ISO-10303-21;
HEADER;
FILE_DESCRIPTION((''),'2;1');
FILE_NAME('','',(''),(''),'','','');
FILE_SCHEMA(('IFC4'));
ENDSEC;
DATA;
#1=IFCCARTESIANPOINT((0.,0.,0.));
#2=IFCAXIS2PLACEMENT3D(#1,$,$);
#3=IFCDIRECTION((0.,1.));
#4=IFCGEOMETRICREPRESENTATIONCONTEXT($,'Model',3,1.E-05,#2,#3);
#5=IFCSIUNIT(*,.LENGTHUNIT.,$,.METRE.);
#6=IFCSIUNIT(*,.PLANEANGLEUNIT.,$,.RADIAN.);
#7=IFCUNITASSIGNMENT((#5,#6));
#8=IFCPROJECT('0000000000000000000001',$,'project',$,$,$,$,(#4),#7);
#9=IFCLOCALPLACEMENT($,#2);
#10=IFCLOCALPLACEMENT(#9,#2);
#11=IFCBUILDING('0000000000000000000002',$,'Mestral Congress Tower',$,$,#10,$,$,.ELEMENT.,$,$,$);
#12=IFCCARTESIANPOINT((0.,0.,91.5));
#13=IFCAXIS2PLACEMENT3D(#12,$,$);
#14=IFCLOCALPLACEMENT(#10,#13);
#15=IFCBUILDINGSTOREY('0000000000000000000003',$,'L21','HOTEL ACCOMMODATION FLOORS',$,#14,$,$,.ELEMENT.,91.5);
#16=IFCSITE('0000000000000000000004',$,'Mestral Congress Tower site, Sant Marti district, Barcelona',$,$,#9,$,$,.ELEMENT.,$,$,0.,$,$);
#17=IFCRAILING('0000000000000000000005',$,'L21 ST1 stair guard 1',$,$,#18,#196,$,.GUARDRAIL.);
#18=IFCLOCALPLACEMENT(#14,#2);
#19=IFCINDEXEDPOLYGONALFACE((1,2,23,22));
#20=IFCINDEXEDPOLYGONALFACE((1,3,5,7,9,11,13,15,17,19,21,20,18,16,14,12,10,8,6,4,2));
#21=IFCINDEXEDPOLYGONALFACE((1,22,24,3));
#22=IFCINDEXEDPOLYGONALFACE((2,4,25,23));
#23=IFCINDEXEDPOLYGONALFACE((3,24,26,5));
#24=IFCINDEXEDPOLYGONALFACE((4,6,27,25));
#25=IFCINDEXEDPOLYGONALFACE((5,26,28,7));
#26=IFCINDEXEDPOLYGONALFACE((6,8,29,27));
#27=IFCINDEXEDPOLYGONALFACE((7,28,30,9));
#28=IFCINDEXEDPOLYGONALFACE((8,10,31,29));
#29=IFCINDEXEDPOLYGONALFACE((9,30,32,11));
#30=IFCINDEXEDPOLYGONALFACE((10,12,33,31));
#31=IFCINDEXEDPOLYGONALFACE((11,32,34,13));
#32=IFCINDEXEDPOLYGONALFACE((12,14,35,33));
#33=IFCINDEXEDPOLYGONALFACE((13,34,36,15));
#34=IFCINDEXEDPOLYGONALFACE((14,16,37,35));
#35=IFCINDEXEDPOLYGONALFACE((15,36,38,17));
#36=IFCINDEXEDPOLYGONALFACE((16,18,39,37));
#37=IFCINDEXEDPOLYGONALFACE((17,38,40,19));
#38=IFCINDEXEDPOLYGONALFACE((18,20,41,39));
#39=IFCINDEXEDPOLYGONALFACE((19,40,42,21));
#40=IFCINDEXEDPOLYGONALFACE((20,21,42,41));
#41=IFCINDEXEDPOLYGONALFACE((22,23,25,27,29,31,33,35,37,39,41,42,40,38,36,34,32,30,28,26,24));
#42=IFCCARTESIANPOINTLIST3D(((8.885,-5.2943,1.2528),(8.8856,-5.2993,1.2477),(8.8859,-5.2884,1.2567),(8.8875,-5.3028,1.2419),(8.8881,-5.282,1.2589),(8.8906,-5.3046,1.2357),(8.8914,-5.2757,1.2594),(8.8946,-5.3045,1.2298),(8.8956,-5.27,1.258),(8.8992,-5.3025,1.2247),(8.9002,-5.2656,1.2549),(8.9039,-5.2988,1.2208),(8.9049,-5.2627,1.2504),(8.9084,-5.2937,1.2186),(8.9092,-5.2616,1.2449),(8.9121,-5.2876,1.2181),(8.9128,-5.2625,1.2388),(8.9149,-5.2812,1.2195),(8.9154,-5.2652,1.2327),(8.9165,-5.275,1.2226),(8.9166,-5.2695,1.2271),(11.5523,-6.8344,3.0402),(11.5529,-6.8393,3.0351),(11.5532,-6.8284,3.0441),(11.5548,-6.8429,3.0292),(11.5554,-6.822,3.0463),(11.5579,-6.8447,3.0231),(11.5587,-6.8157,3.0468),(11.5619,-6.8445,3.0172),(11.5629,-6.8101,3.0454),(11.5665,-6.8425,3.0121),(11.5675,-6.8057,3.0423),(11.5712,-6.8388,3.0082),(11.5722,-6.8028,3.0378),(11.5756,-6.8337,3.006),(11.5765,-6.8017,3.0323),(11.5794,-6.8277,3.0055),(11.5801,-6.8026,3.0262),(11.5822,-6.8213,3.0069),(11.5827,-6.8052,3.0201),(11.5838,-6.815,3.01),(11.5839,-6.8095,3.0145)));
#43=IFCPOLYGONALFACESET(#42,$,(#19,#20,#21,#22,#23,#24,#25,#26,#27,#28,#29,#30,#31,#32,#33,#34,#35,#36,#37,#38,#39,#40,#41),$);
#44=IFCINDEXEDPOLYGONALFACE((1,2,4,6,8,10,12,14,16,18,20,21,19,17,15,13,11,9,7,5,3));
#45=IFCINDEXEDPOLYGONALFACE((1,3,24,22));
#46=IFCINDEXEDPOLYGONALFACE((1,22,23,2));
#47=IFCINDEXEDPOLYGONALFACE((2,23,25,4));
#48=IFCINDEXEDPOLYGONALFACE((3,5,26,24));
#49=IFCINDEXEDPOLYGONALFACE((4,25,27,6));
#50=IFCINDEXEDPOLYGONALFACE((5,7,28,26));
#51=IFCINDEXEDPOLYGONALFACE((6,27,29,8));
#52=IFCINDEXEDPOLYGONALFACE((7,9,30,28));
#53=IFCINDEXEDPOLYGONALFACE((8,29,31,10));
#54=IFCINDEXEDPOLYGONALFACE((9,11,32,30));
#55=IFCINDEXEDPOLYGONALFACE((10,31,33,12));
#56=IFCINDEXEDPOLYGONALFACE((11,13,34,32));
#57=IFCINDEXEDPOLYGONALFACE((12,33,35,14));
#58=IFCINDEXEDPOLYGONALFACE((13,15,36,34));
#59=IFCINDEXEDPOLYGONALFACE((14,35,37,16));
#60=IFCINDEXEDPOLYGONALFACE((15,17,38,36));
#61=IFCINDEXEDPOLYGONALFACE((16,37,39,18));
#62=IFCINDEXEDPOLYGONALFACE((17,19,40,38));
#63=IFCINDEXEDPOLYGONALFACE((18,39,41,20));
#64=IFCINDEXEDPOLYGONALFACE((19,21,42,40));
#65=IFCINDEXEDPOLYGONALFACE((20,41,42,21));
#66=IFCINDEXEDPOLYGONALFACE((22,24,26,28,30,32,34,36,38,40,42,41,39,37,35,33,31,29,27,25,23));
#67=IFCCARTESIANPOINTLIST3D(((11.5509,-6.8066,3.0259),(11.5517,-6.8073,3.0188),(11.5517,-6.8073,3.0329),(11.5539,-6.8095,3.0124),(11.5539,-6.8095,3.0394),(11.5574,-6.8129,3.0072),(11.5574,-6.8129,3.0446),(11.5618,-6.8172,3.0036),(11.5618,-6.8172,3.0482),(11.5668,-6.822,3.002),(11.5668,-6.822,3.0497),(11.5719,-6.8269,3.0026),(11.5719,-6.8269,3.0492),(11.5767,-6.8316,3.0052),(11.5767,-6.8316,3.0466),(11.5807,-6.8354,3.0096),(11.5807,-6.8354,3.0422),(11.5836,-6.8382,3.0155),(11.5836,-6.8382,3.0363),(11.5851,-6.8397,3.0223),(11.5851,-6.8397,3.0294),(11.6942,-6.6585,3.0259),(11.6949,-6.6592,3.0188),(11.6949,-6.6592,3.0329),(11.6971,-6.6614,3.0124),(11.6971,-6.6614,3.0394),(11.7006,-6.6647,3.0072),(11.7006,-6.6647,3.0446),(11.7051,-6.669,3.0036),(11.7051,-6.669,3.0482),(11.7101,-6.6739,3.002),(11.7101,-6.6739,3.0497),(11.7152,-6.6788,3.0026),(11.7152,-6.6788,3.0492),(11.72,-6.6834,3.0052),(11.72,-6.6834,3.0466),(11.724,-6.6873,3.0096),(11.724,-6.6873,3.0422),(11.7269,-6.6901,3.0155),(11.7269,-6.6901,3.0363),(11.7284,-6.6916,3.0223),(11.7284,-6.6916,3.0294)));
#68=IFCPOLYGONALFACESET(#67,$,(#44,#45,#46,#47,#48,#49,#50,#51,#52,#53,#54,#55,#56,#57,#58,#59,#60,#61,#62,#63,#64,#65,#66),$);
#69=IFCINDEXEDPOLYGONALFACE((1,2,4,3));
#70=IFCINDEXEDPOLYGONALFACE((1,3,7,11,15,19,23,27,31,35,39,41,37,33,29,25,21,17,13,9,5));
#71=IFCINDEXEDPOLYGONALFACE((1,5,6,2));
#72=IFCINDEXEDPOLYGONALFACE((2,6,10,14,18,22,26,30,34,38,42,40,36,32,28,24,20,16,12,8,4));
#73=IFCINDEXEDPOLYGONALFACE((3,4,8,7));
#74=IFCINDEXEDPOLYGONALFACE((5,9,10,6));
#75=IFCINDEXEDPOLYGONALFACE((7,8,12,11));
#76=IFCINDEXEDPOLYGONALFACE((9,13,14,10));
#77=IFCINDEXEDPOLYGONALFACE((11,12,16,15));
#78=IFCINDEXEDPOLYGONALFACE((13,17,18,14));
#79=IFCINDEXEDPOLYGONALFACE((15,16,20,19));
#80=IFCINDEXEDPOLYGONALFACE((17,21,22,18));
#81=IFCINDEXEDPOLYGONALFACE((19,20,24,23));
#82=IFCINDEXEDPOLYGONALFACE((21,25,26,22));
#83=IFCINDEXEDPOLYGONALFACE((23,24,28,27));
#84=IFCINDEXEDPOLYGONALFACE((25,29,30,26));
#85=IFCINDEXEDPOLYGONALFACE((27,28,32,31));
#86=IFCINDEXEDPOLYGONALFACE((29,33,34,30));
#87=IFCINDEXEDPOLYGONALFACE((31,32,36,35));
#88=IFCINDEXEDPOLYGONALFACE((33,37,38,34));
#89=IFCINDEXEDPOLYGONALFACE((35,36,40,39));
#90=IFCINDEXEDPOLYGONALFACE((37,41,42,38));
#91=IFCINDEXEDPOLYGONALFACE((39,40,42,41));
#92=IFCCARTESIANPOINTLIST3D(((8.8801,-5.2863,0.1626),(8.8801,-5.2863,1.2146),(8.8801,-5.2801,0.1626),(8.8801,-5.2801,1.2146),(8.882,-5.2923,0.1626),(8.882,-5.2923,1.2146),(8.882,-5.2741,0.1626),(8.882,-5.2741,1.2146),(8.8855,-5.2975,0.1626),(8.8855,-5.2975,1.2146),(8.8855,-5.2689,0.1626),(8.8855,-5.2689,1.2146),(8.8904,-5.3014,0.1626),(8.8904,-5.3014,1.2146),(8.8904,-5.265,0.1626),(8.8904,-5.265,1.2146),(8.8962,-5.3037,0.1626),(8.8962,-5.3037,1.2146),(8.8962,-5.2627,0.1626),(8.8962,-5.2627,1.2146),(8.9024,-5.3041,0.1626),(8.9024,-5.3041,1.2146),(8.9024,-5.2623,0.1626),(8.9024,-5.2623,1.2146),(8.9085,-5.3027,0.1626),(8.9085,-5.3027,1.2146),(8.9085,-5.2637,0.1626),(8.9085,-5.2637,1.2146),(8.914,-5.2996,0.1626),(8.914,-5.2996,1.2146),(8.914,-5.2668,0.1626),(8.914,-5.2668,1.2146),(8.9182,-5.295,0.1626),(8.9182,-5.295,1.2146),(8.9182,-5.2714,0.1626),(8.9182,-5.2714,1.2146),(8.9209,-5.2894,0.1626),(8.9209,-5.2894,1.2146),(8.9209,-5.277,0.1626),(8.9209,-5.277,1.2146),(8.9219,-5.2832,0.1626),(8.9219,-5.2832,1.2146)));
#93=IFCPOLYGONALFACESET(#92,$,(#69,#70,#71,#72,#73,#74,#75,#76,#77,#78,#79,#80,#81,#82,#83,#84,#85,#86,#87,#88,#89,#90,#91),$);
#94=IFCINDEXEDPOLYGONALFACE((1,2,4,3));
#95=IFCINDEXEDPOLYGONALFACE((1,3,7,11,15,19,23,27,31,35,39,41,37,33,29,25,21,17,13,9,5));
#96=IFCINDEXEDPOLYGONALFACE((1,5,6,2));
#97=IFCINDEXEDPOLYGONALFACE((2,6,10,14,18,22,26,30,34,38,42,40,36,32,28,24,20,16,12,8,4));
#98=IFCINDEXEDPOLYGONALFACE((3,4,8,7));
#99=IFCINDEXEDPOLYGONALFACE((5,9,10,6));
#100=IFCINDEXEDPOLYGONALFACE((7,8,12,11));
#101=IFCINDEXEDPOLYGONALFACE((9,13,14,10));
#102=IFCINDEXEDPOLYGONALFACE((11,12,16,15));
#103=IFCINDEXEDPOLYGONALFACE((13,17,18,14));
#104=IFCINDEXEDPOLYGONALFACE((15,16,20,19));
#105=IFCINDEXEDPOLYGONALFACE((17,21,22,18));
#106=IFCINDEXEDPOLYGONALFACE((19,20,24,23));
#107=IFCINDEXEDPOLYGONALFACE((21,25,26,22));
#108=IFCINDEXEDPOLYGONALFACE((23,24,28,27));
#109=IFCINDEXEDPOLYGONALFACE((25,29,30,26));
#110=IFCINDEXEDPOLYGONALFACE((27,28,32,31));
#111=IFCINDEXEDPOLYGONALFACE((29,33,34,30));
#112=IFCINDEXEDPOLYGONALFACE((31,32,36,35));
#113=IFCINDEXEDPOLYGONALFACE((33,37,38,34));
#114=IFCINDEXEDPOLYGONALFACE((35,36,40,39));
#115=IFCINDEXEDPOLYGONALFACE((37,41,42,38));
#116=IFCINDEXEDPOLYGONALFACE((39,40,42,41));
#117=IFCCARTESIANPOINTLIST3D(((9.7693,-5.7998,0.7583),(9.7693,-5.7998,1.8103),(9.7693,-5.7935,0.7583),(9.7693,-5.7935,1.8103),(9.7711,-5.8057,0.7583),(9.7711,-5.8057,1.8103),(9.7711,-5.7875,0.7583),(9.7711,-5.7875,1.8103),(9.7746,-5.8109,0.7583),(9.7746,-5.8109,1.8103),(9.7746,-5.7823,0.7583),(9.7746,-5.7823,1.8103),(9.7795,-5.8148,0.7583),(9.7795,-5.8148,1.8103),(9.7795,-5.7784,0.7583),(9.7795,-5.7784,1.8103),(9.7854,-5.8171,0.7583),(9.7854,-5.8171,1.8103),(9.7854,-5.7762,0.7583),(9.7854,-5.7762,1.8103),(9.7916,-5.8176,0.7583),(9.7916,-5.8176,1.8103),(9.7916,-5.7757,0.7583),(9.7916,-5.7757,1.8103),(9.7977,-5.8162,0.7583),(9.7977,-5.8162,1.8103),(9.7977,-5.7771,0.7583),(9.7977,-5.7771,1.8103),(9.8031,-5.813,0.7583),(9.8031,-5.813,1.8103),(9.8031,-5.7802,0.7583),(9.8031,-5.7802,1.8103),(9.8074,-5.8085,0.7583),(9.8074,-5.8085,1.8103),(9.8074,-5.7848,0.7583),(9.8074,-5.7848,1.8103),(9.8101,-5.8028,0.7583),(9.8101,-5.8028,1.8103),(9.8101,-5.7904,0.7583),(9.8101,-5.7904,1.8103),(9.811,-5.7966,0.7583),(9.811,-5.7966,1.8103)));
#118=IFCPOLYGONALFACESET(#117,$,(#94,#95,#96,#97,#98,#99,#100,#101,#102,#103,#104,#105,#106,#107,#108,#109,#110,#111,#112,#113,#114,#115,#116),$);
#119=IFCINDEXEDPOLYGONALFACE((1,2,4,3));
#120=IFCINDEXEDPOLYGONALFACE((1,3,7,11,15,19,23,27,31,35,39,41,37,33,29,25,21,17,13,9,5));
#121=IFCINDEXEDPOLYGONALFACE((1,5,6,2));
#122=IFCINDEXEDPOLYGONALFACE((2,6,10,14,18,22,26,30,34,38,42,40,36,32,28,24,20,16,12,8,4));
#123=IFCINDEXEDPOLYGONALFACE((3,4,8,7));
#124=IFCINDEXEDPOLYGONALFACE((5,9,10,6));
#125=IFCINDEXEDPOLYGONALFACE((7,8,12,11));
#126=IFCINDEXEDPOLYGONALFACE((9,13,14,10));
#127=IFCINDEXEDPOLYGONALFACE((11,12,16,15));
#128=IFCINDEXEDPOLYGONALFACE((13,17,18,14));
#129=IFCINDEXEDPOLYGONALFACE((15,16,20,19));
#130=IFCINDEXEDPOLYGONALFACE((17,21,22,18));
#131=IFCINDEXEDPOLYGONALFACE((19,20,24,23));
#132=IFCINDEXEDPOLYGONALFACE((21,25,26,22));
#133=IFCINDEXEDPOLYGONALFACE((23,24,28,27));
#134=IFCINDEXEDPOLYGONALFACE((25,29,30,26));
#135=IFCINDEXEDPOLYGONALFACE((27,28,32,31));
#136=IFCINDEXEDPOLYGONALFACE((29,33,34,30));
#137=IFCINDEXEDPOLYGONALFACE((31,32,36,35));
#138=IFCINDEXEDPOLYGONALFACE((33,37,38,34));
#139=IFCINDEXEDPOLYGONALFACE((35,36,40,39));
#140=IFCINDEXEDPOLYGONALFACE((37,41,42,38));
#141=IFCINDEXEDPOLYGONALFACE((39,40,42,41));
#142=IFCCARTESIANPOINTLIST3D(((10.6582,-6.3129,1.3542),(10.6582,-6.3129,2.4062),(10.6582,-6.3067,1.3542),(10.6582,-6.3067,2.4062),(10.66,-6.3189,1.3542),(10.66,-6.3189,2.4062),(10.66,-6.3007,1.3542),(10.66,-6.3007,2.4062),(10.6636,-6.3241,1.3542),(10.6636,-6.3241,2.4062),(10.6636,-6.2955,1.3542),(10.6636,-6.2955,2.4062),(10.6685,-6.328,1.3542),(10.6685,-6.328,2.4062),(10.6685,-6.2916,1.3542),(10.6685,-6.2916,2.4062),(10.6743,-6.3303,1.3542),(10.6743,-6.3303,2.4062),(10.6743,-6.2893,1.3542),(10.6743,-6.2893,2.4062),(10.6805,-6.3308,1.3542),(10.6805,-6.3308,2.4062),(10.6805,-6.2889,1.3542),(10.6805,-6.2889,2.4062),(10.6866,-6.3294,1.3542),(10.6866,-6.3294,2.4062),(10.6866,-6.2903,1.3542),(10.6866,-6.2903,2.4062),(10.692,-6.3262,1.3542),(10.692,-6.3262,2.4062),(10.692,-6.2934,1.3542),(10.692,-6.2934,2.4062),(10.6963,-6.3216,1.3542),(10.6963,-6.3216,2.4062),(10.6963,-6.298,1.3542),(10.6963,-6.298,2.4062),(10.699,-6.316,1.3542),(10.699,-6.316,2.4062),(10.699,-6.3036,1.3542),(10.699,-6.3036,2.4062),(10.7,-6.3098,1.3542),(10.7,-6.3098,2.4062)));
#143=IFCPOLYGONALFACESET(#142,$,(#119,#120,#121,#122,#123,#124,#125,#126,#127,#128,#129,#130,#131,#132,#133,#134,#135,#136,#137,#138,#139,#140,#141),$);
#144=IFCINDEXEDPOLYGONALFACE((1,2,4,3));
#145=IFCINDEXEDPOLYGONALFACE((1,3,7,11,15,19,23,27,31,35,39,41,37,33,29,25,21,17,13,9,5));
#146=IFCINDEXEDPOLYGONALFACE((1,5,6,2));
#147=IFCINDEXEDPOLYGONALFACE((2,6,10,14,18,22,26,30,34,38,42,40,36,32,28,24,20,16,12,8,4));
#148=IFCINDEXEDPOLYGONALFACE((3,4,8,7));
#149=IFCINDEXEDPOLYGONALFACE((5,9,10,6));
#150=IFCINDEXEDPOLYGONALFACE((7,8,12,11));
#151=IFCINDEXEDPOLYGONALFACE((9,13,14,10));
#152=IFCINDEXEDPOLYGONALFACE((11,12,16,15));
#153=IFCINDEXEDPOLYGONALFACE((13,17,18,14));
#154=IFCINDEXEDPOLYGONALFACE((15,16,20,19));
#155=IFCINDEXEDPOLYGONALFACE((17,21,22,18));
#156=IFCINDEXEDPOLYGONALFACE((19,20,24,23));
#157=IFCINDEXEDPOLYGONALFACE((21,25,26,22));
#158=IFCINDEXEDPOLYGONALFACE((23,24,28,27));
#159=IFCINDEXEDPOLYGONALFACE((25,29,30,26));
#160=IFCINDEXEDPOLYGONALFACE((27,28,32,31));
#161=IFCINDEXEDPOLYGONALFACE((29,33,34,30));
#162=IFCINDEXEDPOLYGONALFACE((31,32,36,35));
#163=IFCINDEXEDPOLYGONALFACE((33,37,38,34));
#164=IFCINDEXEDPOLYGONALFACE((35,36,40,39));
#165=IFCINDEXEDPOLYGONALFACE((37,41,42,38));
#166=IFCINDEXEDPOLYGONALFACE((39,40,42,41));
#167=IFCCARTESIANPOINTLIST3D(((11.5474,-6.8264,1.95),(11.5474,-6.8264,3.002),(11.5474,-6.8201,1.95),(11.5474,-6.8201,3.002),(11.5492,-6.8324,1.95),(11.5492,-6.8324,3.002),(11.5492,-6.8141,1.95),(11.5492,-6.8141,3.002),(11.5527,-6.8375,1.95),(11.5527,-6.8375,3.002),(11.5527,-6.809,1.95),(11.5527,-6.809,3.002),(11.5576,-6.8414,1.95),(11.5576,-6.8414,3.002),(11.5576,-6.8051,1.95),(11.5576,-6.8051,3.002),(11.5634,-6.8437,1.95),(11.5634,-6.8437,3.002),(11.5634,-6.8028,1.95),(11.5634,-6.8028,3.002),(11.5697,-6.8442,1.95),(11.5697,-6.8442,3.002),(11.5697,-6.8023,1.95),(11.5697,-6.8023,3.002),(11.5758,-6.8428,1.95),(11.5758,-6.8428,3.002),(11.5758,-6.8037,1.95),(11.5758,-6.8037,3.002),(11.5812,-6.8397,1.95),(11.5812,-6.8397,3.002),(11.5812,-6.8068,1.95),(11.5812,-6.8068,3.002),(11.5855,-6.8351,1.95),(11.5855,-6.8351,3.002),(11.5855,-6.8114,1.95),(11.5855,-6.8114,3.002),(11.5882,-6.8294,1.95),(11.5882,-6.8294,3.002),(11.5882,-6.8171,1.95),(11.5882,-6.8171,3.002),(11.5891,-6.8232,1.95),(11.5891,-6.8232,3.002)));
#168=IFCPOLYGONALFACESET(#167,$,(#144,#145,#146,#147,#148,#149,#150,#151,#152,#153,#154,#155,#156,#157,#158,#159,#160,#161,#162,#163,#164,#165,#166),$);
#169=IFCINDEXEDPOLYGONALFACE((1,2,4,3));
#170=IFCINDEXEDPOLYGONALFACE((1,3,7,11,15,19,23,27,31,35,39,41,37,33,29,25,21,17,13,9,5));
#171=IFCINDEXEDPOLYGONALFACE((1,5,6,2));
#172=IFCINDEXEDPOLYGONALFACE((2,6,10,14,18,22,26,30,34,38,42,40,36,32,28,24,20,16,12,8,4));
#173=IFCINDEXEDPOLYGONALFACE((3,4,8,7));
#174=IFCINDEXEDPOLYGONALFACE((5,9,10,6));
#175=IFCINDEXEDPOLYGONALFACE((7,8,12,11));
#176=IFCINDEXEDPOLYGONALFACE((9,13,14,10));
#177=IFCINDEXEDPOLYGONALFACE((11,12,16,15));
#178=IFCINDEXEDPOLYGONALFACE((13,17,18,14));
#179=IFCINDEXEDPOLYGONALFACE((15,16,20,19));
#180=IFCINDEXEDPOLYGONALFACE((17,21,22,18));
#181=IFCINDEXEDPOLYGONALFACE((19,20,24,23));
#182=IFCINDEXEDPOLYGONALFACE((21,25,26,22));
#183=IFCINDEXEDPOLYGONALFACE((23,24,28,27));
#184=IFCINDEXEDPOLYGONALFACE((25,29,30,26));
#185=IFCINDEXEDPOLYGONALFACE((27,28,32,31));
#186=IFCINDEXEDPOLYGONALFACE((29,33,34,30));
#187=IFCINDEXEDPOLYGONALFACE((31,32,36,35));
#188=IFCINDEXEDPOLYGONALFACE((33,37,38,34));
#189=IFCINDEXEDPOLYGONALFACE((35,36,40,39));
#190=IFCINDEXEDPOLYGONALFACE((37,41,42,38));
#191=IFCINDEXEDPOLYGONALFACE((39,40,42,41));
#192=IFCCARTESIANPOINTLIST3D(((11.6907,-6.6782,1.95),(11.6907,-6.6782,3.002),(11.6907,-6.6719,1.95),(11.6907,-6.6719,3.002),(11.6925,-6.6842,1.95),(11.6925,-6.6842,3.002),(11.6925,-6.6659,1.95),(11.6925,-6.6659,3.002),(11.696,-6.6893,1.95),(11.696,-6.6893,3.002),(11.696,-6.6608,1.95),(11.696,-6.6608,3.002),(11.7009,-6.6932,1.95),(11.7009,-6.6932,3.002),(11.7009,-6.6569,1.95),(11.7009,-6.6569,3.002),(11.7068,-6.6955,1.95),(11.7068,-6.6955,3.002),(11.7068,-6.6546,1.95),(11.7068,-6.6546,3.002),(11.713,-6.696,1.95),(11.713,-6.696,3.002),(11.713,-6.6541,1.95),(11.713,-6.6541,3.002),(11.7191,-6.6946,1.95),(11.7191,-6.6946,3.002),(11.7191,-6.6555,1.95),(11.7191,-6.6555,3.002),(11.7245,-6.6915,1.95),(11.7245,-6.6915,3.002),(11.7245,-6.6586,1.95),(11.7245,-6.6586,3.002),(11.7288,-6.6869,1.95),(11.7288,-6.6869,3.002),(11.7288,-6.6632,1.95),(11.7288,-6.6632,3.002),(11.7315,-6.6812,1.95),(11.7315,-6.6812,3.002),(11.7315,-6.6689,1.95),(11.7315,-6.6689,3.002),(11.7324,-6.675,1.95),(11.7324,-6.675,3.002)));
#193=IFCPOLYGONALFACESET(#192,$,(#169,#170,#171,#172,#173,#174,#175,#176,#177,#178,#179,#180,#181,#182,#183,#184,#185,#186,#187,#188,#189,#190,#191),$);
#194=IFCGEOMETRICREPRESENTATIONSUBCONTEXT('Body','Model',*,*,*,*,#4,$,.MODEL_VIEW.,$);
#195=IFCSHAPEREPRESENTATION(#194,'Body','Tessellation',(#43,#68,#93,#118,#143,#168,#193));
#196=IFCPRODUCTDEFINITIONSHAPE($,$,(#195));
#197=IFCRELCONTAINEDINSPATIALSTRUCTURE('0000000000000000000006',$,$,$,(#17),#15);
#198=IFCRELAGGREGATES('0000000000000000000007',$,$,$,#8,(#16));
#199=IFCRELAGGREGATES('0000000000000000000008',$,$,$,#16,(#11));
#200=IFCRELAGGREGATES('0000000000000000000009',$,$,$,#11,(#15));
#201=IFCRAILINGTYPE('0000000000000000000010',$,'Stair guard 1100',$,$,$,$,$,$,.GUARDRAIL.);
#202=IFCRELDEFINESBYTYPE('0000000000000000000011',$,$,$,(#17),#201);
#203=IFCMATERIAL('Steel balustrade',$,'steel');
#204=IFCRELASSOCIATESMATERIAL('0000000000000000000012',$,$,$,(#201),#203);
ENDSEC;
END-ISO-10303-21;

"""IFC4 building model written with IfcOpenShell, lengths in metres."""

from ifc_helpers import new_model, si_unit, direction, frame, origin, origin_2d, place, context, subcontext, project, spatial, circle, extrude, material, type_object, element, save


model = new_model("IFC4")

# Units and contexts
model_context = context("Model", 3, precision=1e-05, world=origin(), true_north=direction((0.0, 1.0)))
body_context = subcontext(model_context, "Body", "Model", "MODEL_VIEW")
ifc_project = project(units=[si_unit("LENGTHUNIT", "METRE"), si_unit("PLANEANGLEUNIT", "RADIAN")], contexts=[model_context])

# Site, building, storey
site_placement = place(None, origin())
site = spatial("IfcSite", under=ifc_project, at=site_placement, Name="Mestral Congress Tower site, Sant Marti district, Barcelona", CompositionType="ELEMENT", RefElevation=0.0)
building_placement = place(site_placement, origin())
building = spatial("IfcBuilding", under=site, at=building_placement, Name="Mestral Congress Tower", CompositionType="ELEMENT")
storey_placement = place(building_placement, frame((0.0, 0.0, 91.5)))
storey = spatial("IfcBuildingStorey", under=building, at=storey_placement, Name="L21", Description="HOTEL ACCOMMODATION FLOORS", CompositionType="ELEMENT", Elevation=91.5)

# Railing
ifc_material_1 = material(Name="Steel balustrade", Category="steel")
railing_type_1 = type_object("IfcRailingType", Name="Stair guard 1100", PredefinedType="GUARDRAIL", material=ifc_material_1)
railing_1_placement = place(storey_placement, frame((8.9009, -5.2832, 0.1626)))
element("IfcRailing", 1, at=railing_1_placement, inside=storey, type_object=railing_type_1, Name="L21 ST1 stair guard 1", PredefinedType="GUARDRAIL", context=body_context, shape_type="SweptSolid", body=[
    extrude(circle(Radius=0.0239, at=origin_2d()), frame((0.0, 0.0, 1.0762), z_axis=(0.74902, -0.432477, 0.501929), x_axis=(0.500027, 0.86601, 0.0)), (0.0, 0.0, 1.0), 3.561),
    extrude(circle(Radius=0.0239, at=origin_2d()), frame((2.6672, -1.54, 2.8633), z_axis=(0.695165, 0.71885, 0.0), x_axis=(-0.71885, 0.695165, 0.0)), (0.0, 0.0, 1.0), 0.2061),
    extrude(circle(Radius=0.021, at=origin_2d()), origin(), (0.0, 0.0, 1.0), 1.052),
    extrude(circle(Radius=0.021, at=origin_2d()), frame((0.8892, -0.5134, 0.5957)), (0.0, 0.0, 1.0), 1.052),
    extrude(circle(Radius=0.021, at=origin_2d()), frame((1.7781, -1.0266, 1.1917)), (0.0, 0.0, 1.0), 1.052),
    extrude(circle(Radius=0.021, at=origin_2d()), frame((2.6672, -1.54, 1.7874)), (0.0, 0.0, 1.0), 1.052),
    extrude(circle(Radius=0.021, at=origin_2d()), frame((2.8105, -1.3918, 1.7874)), (0.0, 0.0, 1.0), 1.052),
])

save(model, "model.ifc")
